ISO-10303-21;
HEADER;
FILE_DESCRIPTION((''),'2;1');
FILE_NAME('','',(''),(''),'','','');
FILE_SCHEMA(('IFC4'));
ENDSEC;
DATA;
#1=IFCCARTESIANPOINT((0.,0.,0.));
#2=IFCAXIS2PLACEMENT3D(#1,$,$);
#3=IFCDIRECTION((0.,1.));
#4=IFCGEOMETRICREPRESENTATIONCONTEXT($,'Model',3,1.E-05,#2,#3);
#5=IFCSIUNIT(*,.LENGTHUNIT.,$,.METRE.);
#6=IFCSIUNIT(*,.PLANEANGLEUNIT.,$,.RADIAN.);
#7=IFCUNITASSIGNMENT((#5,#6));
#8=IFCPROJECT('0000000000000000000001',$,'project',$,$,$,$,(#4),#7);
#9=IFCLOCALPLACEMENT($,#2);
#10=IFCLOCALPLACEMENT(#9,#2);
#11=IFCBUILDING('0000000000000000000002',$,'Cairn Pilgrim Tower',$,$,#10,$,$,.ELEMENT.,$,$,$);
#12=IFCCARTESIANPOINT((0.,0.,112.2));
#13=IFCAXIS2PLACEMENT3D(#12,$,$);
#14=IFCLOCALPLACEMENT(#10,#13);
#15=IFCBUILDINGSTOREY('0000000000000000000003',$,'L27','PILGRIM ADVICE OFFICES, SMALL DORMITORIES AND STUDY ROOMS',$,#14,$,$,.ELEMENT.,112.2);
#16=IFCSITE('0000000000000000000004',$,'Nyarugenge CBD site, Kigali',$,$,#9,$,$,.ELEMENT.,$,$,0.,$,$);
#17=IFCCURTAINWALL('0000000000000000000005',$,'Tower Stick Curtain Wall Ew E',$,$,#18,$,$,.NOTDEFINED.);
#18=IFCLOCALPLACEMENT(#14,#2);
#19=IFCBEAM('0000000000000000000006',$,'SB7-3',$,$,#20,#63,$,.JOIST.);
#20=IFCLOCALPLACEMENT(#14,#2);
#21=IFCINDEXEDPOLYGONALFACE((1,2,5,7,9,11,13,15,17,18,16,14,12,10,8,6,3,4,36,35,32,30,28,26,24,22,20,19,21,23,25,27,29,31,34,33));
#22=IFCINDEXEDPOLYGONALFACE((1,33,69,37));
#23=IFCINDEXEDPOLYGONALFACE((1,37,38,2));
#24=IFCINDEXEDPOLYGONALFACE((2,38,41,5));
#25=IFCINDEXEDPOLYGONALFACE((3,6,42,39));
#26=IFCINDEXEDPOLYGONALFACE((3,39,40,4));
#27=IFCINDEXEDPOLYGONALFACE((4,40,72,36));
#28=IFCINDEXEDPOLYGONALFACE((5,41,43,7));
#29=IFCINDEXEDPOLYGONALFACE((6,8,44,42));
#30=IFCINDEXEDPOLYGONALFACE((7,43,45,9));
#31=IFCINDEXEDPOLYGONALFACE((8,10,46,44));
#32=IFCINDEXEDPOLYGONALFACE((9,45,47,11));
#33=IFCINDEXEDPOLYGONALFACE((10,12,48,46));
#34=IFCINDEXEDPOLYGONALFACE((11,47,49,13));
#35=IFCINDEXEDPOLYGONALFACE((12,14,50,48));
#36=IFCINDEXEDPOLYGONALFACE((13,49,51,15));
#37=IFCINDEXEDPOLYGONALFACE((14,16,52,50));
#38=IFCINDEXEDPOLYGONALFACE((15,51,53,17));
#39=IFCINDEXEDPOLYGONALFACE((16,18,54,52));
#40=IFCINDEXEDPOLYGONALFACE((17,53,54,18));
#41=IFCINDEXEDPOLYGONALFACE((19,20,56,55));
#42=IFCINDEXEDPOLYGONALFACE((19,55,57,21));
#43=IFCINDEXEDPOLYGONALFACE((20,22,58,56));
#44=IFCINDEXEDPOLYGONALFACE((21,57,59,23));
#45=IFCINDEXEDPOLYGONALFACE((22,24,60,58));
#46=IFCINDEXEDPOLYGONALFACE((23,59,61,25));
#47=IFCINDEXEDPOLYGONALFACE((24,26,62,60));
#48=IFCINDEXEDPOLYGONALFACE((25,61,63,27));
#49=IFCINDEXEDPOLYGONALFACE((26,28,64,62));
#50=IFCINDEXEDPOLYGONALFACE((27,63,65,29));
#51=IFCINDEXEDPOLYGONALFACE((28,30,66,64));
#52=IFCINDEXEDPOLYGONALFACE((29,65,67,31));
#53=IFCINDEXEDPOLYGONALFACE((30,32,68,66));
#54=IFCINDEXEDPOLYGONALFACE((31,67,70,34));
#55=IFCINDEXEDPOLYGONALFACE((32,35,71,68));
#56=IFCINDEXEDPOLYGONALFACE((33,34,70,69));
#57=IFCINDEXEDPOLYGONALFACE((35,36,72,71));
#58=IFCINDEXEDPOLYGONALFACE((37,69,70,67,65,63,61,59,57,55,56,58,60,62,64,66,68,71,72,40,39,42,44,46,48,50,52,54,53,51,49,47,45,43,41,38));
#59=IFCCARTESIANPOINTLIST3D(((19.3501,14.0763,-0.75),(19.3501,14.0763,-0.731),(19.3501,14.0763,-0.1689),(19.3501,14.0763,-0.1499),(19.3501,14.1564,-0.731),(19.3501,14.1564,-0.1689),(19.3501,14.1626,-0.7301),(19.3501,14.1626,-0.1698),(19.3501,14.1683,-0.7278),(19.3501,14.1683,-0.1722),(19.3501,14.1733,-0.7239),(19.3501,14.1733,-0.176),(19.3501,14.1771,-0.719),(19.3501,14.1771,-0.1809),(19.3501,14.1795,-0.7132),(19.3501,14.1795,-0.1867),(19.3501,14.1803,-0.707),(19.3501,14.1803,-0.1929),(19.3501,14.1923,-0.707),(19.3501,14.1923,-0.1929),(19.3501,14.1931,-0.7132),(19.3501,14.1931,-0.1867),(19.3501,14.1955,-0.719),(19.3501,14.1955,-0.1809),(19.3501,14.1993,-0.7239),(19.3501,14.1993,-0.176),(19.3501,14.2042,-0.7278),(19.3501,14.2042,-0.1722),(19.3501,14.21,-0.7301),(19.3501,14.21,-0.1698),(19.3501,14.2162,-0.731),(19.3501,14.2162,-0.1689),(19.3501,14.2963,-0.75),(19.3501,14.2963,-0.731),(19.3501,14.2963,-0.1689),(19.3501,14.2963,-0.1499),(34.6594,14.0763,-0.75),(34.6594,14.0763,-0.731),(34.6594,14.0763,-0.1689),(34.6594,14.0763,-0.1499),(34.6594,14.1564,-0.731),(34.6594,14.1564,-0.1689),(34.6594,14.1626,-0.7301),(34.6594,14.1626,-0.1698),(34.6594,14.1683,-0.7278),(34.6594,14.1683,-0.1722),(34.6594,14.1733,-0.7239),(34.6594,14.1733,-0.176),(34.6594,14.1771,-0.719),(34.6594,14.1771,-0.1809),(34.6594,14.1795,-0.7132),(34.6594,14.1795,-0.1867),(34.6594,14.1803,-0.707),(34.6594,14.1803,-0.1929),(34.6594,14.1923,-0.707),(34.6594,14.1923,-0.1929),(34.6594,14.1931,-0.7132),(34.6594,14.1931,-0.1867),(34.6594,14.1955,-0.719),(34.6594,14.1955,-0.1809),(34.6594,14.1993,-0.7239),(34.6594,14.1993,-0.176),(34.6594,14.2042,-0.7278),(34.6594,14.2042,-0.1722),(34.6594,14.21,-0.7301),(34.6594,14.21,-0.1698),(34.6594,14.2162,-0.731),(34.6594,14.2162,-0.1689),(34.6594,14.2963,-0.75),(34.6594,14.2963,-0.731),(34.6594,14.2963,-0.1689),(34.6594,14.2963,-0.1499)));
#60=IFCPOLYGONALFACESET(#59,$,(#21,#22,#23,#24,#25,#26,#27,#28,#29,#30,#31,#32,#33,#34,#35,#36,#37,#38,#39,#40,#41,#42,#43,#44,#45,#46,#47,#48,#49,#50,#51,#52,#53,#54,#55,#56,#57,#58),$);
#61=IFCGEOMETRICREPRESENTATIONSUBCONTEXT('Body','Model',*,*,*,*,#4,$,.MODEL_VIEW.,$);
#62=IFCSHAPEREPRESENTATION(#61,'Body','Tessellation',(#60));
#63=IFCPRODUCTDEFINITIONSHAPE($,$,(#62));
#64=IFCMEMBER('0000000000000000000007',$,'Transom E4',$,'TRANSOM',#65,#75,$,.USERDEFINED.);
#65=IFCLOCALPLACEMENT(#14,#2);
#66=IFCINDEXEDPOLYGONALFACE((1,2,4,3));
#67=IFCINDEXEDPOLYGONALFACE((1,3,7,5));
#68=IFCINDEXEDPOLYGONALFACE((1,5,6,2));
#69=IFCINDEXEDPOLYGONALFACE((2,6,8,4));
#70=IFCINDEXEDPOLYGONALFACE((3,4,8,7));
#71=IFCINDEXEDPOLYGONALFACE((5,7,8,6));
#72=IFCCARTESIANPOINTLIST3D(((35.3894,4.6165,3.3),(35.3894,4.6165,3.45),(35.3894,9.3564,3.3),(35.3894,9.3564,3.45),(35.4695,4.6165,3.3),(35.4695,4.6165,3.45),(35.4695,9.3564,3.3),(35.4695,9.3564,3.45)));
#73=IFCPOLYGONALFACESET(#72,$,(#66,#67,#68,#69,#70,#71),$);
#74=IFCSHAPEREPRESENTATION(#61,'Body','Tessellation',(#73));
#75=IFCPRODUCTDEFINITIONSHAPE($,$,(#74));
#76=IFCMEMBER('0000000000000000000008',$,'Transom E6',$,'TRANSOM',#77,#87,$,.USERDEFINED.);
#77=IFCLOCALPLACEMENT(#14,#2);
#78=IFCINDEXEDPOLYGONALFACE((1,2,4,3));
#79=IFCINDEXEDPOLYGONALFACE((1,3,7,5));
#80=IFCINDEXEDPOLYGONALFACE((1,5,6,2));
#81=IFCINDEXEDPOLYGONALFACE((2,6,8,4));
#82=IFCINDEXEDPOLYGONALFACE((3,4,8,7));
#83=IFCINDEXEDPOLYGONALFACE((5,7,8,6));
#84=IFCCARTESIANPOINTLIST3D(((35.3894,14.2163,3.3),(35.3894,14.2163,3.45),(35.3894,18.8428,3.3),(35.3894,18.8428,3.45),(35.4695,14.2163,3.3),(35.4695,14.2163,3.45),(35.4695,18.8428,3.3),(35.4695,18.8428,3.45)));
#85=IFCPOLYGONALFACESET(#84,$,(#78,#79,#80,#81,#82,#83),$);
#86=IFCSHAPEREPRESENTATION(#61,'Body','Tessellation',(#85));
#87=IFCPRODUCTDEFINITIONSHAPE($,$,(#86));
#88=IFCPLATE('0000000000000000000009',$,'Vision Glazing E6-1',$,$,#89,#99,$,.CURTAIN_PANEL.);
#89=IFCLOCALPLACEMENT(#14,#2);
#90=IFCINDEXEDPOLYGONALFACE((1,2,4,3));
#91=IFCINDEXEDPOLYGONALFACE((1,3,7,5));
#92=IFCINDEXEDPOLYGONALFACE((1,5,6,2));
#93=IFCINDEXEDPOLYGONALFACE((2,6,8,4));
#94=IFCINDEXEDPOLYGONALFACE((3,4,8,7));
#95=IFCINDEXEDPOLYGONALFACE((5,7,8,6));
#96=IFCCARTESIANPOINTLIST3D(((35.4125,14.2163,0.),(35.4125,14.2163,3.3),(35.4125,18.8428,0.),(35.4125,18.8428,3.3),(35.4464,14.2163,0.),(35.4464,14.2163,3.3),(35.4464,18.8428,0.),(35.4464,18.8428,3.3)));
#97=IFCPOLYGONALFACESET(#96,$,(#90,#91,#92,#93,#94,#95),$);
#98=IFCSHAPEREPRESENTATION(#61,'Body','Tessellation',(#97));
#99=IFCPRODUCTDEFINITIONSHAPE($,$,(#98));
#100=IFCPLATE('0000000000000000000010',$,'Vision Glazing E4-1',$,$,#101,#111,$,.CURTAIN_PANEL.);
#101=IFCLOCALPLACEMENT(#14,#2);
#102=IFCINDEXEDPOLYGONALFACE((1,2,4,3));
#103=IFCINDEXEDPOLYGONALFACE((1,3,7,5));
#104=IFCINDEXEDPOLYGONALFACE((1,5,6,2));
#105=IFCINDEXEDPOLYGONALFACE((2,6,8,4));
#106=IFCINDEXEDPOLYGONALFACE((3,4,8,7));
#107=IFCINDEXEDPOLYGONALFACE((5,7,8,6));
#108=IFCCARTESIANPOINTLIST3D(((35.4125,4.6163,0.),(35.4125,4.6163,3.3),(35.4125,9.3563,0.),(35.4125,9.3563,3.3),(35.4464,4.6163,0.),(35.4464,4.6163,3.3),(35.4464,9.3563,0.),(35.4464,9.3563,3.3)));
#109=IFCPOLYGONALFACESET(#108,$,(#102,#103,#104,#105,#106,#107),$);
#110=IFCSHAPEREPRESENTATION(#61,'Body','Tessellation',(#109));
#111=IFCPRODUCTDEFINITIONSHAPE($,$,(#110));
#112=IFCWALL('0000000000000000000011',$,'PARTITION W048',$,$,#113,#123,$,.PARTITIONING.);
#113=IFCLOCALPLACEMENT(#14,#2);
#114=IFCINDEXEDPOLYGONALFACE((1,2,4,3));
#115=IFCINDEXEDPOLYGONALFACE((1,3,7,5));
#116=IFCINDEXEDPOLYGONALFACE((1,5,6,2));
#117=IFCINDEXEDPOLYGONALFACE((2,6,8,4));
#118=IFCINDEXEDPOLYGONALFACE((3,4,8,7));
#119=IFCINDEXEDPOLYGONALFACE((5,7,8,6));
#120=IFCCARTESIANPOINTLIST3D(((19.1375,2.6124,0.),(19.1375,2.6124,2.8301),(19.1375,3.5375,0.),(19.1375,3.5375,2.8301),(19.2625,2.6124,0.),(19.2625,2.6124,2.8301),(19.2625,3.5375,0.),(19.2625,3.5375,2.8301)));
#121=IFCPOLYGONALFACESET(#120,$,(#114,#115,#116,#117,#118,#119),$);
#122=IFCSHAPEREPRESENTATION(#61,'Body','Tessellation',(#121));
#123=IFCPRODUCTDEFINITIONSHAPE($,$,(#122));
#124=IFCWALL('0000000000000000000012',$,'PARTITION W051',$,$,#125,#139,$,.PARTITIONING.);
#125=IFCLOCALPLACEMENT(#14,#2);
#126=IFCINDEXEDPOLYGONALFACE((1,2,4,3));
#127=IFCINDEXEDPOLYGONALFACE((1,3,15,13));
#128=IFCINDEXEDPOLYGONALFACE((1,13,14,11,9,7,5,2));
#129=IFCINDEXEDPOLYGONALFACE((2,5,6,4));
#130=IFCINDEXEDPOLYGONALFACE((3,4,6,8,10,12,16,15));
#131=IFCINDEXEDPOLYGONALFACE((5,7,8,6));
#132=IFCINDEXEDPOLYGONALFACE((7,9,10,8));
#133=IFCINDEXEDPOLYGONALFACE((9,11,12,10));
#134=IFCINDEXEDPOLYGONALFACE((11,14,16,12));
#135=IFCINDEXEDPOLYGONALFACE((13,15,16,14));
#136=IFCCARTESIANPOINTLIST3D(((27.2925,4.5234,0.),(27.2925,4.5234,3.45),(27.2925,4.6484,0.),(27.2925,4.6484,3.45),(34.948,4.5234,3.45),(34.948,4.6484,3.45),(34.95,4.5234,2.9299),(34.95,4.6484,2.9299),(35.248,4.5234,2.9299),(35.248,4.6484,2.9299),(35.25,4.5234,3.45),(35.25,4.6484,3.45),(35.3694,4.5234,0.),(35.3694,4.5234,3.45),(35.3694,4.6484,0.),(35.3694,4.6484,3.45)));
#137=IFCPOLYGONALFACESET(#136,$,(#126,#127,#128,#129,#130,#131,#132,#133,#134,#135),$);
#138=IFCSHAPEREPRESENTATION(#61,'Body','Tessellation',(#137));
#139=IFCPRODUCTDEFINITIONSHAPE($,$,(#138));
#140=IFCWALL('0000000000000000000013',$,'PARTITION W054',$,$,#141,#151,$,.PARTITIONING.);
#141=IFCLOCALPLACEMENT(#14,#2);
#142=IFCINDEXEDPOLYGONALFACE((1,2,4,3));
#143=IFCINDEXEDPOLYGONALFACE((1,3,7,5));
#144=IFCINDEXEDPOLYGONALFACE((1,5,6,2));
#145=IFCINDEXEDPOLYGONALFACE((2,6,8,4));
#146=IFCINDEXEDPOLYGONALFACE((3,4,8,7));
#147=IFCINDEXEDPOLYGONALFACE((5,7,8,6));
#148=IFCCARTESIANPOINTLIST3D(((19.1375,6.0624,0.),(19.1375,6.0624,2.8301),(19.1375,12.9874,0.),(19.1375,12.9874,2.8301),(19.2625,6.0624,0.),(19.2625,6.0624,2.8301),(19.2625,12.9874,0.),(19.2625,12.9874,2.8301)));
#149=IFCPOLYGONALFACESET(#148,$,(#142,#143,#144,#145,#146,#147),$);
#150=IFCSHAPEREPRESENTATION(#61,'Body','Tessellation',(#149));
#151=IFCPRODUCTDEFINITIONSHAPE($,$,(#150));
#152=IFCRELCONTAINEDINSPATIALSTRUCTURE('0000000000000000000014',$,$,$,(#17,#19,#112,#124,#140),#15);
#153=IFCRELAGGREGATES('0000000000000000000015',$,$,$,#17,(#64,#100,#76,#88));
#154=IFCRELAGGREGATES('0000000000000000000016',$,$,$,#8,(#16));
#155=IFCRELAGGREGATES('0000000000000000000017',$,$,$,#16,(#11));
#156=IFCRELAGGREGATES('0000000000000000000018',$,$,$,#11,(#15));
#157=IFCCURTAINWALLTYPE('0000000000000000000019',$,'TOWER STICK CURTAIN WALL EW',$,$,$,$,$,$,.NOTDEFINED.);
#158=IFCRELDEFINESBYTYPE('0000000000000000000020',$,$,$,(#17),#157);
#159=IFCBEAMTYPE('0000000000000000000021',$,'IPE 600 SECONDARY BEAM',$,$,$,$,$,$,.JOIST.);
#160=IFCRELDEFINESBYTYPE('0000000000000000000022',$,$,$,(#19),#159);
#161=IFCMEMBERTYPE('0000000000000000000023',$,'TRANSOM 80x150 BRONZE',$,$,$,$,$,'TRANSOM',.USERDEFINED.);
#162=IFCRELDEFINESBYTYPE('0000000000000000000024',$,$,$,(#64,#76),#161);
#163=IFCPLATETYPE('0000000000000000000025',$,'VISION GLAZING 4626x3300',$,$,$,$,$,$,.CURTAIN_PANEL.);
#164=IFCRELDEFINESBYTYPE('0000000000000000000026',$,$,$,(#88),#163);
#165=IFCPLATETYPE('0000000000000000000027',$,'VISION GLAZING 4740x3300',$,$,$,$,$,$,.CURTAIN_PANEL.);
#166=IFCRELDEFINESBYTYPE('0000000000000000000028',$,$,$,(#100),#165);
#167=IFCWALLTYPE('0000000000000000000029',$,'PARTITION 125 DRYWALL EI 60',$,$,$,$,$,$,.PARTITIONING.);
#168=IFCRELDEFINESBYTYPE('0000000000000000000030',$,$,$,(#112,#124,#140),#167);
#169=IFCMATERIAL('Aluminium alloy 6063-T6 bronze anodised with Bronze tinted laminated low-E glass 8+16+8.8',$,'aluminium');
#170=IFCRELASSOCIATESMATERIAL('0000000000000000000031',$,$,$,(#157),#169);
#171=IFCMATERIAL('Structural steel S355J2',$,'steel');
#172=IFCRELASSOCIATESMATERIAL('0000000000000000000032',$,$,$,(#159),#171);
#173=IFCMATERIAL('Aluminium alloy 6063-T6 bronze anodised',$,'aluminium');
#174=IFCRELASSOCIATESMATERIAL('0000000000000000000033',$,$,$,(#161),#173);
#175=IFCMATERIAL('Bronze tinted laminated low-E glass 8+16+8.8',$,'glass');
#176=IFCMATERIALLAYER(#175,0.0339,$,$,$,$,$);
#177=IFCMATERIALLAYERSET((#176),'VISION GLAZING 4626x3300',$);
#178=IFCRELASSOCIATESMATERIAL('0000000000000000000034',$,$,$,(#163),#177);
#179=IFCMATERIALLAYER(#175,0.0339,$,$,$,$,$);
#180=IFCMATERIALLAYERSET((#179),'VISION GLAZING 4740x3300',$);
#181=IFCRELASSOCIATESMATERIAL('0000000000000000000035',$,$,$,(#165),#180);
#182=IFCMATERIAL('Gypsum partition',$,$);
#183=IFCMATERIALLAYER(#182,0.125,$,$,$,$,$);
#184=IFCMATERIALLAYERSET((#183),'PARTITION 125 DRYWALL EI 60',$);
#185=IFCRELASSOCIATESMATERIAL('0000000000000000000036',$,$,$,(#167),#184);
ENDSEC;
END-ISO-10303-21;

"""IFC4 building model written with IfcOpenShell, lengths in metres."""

from ifc_helpers import new_model, si_unit, direction, frame, frame_2d, origin, origin_2d, place, context, subcontext, project, spatial, polyline, rectangle, i_section, outline, extrude, material, layer, layer_set, material_profile, profile_set, type_object, element, aggregate, save


model = new_model("IFC4")

# Units and contexts
model_context = context("Model", 3, precision=1e-05, world=origin(), true_north=direction((0.0, 1.0)))
body_context = subcontext(model_context, "Body", "Model", "MODEL_VIEW")
ifc_project = project(units=[si_unit("LENGTHUNIT", "METRE"), si_unit("PLANEANGLEUNIT", "RADIAN")], contexts=[model_context])

# Site, building, storey
site_placement = place(None, origin())
site = spatial("IfcSite", under=ifc_project, at=site_placement, Name="Nyarugenge CBD site, Kigali", CompositionType="ELEMENT", RefElevation=0.0)
building_placement = place(site_placement, origin())
building = spatial("IfcBuilding", under=site, at=building_placement, Name="Cairn Pilgrim Tower", CompositionType="ELEMENT")
storey_placement = place(building_placement, frame((0.0, 0.0, 112.2)))
storey = spatial("IfcBuildingStorey", under=building, at=storey_placement, Name="L27", Description="PILGRIM ADVICE OFFICES, SMALL DORMITORIES AND STUDY ROOMS", CompositionType="ELEMENT", Elevation=112.2)

# Curtain wall
ifc_material_1 = material(Name="Aluminium alloy 6063-T6 bronze anodised with Bronze tinted laminated low-E glass 8+16+8.8", Category="aluminium")
curtain_wall_type = type_object("IfcCurtainWallType", Name="TOWER STICK CURTAIN WALL EW", PredefinedType="NOTDEFINED", material=ifc_material_1)
curtain_wall_placement = place(storey_placement, origin())
curtain_wall = element("IfcCurtainWall", 1, at=curtain_wall_placement, inside=storey, type_object=curtain_wall_type, Name="Tower Stick Curtain Wall Ew E", PredefinedType="NOTDEFINED")
ifc_material_2 = material(Name="Aluminium alloy 6063-T6 bronze anodised", Category="aluminium")

# Beam
ifc_material_3 = material(Name="Structural steel S355J2", Category="steel")
ifc_material_profile_1 = material_profile(ifc_material_3, i_section(OverallWidth=0.22, OverallDepth=0.6001, WebThickness=0.012, FlangeThickness=0.019, FilletRadius=0.0239, at=origin_2d()), Name="IPE 600")
ifc_profile_set_1 = profile_set([ifc_material_profile_1], Name="Structural steel S355J2")
beam_type_1 = type_object("IfcBeamType", Name="IPE 600 SECONDARY BEAM", PredefinedType="JOIST", material=ifc_profile_set_1)
for number, where, z_axis, x_axis, name in (
    (2, (19.3501, 14.1863, -0.45), (1.0, 0.0, 0.0), (0.0, 1.0, 0.0), "SB7-3"),
):
    element("IfcBeam", number, at=place(storey_placement, frame(where, z_axis=z_axis, x_axis=x_axis)), inside=storey, type_object=beam_type_1, Name=name, PredefinedType="JOIST", context=body_context, shape_type="SweptSolid", body=[
        extrude(i_section(OverallWidth=0.22, OverallDepth=0.6001, WebThickness=0.012, FlangeThickness=0.019, FilletRadius=0.0239, at=origin_2d()), origin(), (0.0, 0.0, 1.0), 15.3093),
    ])

# Members
ifc_material_profile_2 = material_profile(ifc_material_2, rectangle(XDim=0.0801, YDim=0.1499, at=origin_2d()), Name="TRANSOM 80x150 BRONZE")
ifc_profile_set_2 = profile_set([ifc_material_profile_2], Name="Aluminium alloy 6063-T6 bronze anodised")
member_type_1 = type_object("IfcMemberType", Name="TRANSOM 80x150 BRONZE", ElementType="TRANSOM", PredefinedType="USERDEFINED", material=ifc_profile_set_2)
member_1_placement = place(storey_placement, frame((35.4294, 4.6165, 3.375), z_axis=(0.0, 1.0, 0.0), x_axis=(-1.0, 0.0, 0.0)))
member_1 = element("IfcMember", 3, at=member_1_placement, type_object=member_type_1, Name="Transom E4", ObjectType="TRANSOM", PredefinedType="USERDEFINED", context=body_context, shape_type="SweptSolid", body=[
    extrude(rectangle(XDim=0.0801, YDim=0.1499, at=origin_2d()), origin(), (0.0, 0.0, 1.0), 4.74),
])
member_2_placement = place(storey_placement, frame((35.4294, 14.2163, 3.375), z_axis=(0.0, 1.0, 0.0), x_axis=(-1.0, 0.0, 0.0)))
member_2 = element("IfcMember", 4, at=member_2_placement, type_object=member_type_1, Name="Transom E6", ObjectType="TRANSOM", PredefinedType="USERDEFINED", context=body_context, shape_type="SweptSolid", body=[
    extrude(rectangle(XDim=0.0801, YDim=0.1499, at=origin_2d()), origin(), (0.0, 0.0, 1.0), 4.6265),
])

# Plates
ifc_material_4 = material(Name="Bronze tinted laminated low-E glass 8+16+8.8", Category="glass")
ifc_layer_1 = layer(ifc_material_4, 0.0339)
ifc_layer_set_1 = layer_set([ifc_layer_1], Name="VISION GLAZING 4626x3300")
plate_type_1 = type_object("IfcPlateType", Name="VISION GLAZING 4626x3300", PredefinedType="CURTAIN_PANEL", material=ifc_layer_set_1)
plate_1_placement = place(storey_placement, frame((35.4294, 16.5295, 0.0), z_axis=(0.0, 0.0, 1.0), x_axis=(0.0, 1.0, 0.0)))
plate_1 = element("IfcPlate", 5, at=plate_1_placement, type_object=plate_type_1, Name="Vision Glazing E6-1", PredefinedType="CURTAIN_PANEL", context=body_context, shape_type="SweptSolid", body=[
    extrude(rectangle(XDim=4.6265, YDim=0.0339, at=origin_2d()), origin(), (0.0, 0.0, 1.0), 3.3),
])
ifc_layer_2 = layer(ifc_material_4, 0.0339)
ifc_layer_set_2 = layer_set([ifc_layer_2], Name="VISION GLAZING 4740x3300")
plate_type_2 = type_object("IfcPlateType", Name="VISION GLAZING 4740x3300", PredefinedType="CURTAIN_PANEL", material=ifc_layer_set_2)
plate_2_placement = place(storey_placement, frame((35.4294, 6.9863, 0.0), z_axis=(0.0, 0.0, 1.0), x_axis=(0.0, 1.0, 0.0)))
plate_2 = element("IfcPlate", 6, at=plate_2_placement, type_object=plate_type_2, Name="Vision Glazing E4-1", PredefinedType="CURTAIN_PANEL", context=body_context, shape_type="SweptSolid", body=[
    extrude(rectangle(XDim=4.74, YDim=0.0339, at=origin_2d()), origin(), (0.0, 0.0, 1.0), 3.3),
])
aggregate(curtain_wall, [member_1, plate_2, member_2, plate_1])

# Walls
ifc_material_5 = material(Name="Gypsum partition")
ifc_layer_3 = layer(ifc_material_5, 0.125)
ifc_layer_set_3 = layer_set([ifc_layer_3], Name="PARTITION 125 DRYWALL EI 60")
wall_type_1 = type_object("IfcWallType", Name="PARTITION 125 DRYWALL EI 60", PredefinedType="PARTITIONING", material=ifc_layer_set_3)
wall_1_placement = place(storey_placement, frame((19.2, 2.6125, 0.0), z_axis=(0.0, 0.0, 1.0), x_axis=(0.0, 1.0, 0.0)))
element("IfcWall", 7, at=wall_1_placement, inside=storey, type_object=wall_type_1, Name="PARTITION W048", PredefinedType="PARTITIONING", context=body_context, shape_type="SweptSolid", body=[
    extrude(rectangle(XDim=0.925, YDim=0.125, at=frame_2d((0.4624, 0.0))), origin(), (0.0, 0.0, 1.0), 2.8301),
])
wall_2_placement = place(storey_placement, frame((27.2925, 4.5859, 0.0), z_axis=(0.0, 0.0, 1.0), x_axis=(1.0, 0.0, 0.0)))
element("IfcWall", 8, at=wall_2_placement, inside=storey, type_object=wall_type_1, Name="PARTITION W051", PredefinedType="PARTITIONING", context=body_context, shape_type="SweptSolid", body=[
    extrude(outline(polyline([(0.0, 0.0), (8.0769, 0.0), (8.0769, 3.45), (7.9575, 3.45), (7.9556, 2.9299), (7.6575, 2.9299), (7.6555, 3.45), (0.0, 3.45), (0.0, 0.0)])), frame((0.0, 0.0625, 0.0), z_axis=(0.0, -1.0, 0.0), x_axis=(1.0, 0.0, 0.0)), (0.0, 0.0, 1.0), 0.125),
])
wall_3_placement = place(storey_placement, frame((19.2, 6.0625, 0.0), z_axis=(0.0, 0.0, 1.0), x_axis=(0.0, 1.0, 0.0)))
element("IfcWall", 9, at=wall_3_placement, inside=storey, type_object=wall_type_1, Name="PARTITION W054", PredefinedType="PARTITIONING", context=body_context, shape_type="SweptSolid", body=[
    extrude(rectangle(XDim=6.925, YDim=0.125, at=frame_2d((3.4624, 0.0))), origin(), (0.0, 0.0, 1.0), 2.8301),
])

save(model, "model.ifc")
